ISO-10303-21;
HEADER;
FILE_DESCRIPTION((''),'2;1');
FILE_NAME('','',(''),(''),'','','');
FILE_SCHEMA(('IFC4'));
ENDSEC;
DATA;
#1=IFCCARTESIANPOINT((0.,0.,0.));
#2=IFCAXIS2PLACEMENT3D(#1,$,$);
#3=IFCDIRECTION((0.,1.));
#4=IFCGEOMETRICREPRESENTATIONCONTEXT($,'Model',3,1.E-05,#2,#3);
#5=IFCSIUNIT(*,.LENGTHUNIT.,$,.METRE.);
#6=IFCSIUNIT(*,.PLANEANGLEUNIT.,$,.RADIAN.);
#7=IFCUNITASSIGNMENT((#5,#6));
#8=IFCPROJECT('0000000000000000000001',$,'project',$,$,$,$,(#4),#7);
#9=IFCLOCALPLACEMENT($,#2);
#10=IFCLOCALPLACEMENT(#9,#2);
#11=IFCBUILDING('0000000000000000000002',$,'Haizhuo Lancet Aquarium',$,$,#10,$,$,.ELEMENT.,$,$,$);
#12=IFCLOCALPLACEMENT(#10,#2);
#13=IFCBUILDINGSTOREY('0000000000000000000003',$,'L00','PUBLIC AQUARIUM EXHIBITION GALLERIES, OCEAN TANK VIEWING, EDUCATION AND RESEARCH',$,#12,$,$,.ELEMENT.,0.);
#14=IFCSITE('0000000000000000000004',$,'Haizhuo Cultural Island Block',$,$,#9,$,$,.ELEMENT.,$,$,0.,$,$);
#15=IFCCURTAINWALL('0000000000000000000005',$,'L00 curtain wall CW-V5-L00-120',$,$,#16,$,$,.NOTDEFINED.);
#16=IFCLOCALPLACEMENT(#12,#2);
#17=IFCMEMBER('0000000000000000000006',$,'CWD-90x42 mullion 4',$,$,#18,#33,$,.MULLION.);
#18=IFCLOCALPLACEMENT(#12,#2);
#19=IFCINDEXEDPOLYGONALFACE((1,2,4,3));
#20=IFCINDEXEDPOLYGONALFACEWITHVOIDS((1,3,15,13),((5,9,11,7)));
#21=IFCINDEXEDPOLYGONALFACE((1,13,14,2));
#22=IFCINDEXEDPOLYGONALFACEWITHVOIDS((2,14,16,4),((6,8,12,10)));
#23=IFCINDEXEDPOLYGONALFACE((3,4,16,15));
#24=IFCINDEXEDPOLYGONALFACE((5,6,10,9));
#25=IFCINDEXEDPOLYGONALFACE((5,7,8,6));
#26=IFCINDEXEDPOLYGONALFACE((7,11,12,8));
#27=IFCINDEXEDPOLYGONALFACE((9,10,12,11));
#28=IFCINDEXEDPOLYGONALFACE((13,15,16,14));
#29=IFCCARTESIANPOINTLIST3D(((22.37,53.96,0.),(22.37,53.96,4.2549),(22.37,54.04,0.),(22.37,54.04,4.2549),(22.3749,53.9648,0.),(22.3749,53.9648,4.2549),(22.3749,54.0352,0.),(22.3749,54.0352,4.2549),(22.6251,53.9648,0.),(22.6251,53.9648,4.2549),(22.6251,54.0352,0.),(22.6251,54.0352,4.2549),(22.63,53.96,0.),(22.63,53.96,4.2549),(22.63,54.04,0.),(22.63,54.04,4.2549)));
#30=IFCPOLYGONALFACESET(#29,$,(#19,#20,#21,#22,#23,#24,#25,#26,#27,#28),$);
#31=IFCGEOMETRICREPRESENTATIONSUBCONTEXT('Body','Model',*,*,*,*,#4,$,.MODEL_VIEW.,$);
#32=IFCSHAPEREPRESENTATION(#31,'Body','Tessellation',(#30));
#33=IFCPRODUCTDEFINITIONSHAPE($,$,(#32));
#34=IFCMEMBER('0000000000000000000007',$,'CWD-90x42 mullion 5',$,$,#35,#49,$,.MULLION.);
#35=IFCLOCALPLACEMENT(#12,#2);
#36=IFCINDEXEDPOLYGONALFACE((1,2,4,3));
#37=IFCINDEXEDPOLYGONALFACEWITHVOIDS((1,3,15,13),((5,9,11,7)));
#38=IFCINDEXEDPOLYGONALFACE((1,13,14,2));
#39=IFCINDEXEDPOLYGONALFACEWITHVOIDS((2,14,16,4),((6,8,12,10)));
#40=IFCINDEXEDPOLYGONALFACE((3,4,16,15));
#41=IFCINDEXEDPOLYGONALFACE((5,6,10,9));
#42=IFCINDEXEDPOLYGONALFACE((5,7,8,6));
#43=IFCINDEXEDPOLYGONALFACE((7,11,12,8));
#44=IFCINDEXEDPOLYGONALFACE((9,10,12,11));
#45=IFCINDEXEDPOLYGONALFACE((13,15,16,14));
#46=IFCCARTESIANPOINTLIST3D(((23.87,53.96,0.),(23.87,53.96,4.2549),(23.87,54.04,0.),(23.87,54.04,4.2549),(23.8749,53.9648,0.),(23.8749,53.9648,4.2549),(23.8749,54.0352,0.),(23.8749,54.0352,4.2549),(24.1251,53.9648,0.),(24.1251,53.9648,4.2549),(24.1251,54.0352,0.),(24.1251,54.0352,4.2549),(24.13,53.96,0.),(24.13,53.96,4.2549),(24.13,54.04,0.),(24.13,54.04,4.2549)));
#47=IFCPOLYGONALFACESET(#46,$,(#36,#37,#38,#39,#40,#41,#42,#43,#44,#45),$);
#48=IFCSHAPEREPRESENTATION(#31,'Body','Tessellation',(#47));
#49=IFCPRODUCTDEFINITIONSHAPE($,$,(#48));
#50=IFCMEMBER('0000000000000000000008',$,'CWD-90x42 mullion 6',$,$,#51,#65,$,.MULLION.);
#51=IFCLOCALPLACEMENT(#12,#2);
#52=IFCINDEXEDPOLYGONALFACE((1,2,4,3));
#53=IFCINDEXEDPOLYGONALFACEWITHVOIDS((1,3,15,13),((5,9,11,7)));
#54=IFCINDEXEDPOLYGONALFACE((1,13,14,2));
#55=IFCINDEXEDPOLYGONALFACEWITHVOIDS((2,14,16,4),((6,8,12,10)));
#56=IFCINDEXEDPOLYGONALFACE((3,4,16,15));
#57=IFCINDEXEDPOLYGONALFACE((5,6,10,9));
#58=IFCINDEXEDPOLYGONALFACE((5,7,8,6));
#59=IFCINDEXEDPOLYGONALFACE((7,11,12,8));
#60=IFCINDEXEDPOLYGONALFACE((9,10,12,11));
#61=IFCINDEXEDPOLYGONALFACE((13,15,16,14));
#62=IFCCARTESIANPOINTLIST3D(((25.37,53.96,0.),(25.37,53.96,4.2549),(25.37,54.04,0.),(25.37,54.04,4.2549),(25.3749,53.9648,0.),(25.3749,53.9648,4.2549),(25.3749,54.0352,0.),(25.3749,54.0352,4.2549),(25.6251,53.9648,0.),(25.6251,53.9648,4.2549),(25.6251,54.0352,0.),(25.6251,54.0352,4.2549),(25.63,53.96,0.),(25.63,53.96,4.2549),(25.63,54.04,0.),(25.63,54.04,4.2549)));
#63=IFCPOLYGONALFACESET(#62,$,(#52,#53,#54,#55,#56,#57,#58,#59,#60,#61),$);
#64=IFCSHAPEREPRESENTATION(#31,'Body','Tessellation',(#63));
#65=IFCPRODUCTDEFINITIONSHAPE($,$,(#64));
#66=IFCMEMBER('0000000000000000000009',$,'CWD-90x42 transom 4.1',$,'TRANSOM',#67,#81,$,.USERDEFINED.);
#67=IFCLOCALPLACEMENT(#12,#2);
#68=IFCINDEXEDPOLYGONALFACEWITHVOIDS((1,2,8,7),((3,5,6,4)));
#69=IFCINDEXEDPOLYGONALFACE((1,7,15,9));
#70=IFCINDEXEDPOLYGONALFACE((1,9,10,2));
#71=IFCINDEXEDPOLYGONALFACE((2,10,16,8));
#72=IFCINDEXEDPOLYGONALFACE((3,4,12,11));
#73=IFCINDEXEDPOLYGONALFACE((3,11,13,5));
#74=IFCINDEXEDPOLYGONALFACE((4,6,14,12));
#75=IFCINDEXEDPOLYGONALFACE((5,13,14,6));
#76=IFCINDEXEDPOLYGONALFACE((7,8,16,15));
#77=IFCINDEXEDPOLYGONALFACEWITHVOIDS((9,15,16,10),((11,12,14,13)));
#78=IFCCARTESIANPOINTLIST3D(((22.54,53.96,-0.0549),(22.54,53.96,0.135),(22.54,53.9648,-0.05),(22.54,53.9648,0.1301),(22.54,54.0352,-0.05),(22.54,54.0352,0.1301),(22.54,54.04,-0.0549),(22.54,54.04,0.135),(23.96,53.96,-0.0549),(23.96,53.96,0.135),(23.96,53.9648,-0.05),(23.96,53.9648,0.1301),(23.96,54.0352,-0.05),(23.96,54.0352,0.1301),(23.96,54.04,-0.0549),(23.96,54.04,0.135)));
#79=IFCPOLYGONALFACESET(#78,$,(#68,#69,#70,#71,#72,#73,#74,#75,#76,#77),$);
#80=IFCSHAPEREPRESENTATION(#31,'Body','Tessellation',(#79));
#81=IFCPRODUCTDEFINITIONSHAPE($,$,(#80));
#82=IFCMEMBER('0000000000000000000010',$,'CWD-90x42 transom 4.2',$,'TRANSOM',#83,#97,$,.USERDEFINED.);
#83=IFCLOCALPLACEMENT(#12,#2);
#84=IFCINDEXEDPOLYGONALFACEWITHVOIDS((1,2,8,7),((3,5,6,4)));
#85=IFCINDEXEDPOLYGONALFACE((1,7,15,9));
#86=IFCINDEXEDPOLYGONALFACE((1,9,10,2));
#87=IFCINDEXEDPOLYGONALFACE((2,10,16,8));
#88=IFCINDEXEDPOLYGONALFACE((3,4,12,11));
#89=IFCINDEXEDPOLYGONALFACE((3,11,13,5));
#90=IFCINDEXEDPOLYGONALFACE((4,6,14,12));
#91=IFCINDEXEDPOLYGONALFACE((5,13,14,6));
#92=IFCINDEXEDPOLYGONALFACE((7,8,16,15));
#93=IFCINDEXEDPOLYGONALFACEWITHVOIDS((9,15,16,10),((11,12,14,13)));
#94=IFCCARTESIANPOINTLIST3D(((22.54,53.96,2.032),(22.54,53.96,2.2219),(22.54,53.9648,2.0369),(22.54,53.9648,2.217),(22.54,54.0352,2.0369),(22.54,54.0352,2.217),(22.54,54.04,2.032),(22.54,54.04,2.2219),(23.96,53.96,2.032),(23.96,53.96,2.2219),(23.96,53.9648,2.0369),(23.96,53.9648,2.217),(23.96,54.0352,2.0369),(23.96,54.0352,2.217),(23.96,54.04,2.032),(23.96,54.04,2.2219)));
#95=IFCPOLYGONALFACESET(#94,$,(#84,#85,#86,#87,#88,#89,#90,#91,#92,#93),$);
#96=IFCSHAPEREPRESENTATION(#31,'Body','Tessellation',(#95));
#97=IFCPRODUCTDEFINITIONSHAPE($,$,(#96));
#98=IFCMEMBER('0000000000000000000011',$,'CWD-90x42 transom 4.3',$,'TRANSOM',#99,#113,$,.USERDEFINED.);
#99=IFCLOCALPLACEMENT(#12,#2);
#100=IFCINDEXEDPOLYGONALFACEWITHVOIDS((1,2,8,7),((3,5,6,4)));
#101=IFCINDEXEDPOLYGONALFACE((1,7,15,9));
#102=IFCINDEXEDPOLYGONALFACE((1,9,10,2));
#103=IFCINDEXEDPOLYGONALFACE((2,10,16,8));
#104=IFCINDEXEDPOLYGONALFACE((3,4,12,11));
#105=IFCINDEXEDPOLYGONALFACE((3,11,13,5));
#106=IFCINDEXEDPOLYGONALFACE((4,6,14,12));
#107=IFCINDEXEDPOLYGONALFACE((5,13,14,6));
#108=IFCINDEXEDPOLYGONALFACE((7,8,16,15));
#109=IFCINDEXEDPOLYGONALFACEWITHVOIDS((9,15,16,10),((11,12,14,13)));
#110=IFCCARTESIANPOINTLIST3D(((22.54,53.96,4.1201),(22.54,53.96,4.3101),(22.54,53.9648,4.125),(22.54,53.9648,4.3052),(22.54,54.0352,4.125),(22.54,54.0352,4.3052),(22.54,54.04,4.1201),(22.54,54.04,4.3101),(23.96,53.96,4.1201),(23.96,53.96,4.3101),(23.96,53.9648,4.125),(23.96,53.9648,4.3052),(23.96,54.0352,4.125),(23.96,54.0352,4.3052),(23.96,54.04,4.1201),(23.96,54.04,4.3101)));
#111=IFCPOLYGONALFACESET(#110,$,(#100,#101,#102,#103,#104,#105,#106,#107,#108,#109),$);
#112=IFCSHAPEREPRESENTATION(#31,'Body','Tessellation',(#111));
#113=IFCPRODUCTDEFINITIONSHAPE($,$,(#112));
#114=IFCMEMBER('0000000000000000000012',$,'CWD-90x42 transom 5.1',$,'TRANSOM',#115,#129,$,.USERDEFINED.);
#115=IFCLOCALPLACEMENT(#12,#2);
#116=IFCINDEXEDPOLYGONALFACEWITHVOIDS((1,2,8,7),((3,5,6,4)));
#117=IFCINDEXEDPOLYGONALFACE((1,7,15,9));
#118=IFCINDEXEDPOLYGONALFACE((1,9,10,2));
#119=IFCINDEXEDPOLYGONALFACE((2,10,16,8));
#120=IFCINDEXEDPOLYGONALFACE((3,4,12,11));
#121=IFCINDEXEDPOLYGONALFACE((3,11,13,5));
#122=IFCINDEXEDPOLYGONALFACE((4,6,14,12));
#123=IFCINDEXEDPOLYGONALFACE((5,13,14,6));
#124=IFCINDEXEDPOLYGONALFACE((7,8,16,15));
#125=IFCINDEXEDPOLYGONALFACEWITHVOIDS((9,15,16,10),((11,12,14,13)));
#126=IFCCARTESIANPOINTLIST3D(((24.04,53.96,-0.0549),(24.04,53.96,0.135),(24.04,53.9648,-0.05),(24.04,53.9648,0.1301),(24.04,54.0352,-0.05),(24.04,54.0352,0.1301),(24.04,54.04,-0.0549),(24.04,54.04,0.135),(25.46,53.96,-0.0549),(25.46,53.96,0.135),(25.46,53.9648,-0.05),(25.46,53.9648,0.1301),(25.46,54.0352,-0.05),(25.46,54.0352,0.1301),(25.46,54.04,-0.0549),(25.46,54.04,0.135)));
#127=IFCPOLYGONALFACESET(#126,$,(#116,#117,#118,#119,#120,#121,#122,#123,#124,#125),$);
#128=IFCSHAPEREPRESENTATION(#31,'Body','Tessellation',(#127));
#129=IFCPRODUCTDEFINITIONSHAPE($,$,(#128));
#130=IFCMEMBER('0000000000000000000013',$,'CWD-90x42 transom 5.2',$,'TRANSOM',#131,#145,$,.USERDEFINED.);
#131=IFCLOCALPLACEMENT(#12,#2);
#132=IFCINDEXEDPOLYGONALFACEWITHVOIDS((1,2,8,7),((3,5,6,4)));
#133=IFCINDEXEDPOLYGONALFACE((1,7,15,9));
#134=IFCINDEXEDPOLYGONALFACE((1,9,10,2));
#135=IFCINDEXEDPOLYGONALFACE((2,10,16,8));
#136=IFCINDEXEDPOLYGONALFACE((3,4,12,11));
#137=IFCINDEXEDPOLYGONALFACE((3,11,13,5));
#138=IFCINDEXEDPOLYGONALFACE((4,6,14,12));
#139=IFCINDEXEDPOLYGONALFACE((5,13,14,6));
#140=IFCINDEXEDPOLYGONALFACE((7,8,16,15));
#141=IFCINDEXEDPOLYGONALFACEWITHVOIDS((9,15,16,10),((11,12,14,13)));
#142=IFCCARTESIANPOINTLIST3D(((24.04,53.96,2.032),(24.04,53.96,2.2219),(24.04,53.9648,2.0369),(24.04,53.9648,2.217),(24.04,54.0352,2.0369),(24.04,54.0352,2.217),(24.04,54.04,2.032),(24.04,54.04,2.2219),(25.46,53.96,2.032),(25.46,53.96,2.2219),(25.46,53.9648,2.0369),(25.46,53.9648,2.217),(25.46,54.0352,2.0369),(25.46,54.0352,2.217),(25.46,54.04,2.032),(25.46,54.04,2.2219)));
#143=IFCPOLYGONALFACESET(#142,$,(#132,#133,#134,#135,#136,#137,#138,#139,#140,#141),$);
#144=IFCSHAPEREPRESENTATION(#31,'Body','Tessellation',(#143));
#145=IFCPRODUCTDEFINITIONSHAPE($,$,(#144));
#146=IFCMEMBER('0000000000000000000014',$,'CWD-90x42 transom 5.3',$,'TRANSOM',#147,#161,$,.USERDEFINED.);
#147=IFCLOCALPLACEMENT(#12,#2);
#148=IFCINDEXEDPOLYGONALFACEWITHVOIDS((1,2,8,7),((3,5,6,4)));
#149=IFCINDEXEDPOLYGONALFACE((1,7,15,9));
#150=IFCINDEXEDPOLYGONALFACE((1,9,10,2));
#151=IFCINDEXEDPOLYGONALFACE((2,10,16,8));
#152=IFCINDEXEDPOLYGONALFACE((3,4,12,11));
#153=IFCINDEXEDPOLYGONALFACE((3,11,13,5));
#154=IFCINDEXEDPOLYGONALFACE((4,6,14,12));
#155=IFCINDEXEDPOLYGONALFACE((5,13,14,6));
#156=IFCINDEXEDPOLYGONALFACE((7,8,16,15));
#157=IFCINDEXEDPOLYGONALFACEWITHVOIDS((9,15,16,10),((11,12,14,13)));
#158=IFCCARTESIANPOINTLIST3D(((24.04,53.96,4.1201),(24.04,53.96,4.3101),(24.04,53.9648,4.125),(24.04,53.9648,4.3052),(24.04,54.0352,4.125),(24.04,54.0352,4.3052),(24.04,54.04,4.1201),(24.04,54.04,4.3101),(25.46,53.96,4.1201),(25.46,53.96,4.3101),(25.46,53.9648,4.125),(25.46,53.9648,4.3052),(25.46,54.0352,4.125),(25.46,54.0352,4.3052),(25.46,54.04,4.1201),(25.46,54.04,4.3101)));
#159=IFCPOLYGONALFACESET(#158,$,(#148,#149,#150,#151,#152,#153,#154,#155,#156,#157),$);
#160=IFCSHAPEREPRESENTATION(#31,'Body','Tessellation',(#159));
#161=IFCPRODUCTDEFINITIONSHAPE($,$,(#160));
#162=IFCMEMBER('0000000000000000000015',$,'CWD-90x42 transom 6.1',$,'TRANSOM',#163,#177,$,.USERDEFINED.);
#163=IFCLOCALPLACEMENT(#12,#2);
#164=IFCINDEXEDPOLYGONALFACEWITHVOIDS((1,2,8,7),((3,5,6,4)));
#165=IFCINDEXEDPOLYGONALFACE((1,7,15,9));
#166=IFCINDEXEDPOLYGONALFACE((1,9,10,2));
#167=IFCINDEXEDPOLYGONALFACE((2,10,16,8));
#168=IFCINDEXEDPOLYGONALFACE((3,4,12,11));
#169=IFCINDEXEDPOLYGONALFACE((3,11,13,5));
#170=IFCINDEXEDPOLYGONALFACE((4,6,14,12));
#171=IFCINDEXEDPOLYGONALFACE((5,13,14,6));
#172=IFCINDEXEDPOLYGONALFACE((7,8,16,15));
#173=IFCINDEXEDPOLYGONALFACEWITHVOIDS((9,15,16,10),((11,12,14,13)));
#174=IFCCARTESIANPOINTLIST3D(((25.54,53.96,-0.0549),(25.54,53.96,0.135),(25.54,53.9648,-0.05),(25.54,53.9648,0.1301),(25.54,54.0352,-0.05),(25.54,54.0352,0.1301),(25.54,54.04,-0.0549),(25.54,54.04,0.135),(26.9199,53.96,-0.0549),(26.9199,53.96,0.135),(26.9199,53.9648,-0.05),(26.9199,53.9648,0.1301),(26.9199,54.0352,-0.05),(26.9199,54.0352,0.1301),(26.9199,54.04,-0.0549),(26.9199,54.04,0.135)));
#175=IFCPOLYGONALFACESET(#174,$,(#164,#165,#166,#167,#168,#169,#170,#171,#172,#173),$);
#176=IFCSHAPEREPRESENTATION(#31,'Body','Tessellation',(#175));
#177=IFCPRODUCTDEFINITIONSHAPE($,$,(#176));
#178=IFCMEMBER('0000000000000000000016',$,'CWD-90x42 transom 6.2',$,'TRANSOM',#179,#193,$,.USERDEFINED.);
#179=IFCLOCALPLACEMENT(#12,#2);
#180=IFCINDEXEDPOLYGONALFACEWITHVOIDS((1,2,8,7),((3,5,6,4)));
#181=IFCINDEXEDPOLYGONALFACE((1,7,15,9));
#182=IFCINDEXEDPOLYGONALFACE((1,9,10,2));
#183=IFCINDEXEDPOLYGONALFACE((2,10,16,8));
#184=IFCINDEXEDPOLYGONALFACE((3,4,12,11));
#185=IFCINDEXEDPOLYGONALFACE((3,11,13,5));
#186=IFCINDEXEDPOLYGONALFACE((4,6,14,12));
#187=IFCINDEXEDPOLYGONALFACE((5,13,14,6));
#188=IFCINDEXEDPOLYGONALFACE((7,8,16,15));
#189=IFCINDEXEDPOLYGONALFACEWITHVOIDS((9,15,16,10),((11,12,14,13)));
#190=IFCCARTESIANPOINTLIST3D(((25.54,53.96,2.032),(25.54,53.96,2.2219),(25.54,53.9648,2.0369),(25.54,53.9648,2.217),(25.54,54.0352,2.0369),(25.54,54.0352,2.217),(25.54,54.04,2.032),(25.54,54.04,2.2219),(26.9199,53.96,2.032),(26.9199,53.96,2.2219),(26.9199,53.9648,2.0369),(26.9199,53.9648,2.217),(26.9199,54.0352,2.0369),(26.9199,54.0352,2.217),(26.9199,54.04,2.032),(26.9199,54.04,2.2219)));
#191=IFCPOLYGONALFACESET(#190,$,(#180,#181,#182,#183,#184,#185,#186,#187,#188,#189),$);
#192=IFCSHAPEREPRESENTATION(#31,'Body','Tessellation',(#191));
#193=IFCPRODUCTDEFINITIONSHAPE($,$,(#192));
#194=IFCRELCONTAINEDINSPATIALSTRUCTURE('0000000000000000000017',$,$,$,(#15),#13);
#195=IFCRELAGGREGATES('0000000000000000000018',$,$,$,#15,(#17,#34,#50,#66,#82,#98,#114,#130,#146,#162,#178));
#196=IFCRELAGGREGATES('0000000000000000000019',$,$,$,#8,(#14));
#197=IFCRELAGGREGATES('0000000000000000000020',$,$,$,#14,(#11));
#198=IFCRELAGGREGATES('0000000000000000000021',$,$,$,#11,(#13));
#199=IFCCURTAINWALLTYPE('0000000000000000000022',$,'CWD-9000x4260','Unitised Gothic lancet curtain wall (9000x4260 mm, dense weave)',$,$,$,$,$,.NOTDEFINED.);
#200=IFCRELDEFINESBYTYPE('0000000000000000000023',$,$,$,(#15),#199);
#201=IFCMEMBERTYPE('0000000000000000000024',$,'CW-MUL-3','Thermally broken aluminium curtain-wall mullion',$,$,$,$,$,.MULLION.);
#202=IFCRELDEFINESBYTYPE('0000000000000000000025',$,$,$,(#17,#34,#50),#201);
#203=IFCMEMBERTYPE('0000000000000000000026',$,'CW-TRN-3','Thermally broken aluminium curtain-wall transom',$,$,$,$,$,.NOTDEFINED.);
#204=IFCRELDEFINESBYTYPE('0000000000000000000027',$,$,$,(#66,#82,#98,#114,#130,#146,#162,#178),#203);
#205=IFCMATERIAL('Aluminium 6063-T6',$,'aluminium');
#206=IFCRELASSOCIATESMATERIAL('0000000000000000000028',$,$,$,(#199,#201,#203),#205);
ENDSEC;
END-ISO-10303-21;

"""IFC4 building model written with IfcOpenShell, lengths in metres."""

from ifc_helpers import new_model, si_unit, direction, frame, origin, origin_2d, place, context, subcontext, project, spatial, hollow_rectangle, extrude, material, material_profile, profile_set, type_object, element, aggregate, save


model = new_model("IFC4")

# Units and contexts
model_context = context("Model", 3, precision=1e-05, world=origin(), true_north=direction((0.0, 1.0)))
body_context = subcontext(model_context, "Body", "Model", "MODEL_VIEW")
ifc_project = project(units=[si_unit("LENGTHUNIT", "METRE"), si_unit("PLANEANGLEUNIT", "RADIAN")], contexts=[model_context])

# Site, building, storey
site_placement = place(None, origin())
site = spatial("IfcSite", under=ifc_project, at=site_placement, Name="Haizhuo Cultural Island Block", CompositionType="ELEMENT", RefElevation=0.0)
building_placement = place(site_placement, origin())
building = spatial("IfcBuilding", under=site, at=building_placement, Name="Haizhuo Lancet Aquarium", CompositionType="ELEMENT")
storey_placement = place(building_placement, origin())
storey = spatial("IfcBuildingStorey", under=building, at=storey_placement, Name="L00", Description="PUBLIC AQUARIUM EXHIBITION GALLERIES, OCEAN TANK VIEWING, EDUCATION AND RESEARCH", CompositionType="ELEMENT", Elevation=0.0)

# Curtain wall, members
ifc_material_1 = material(Name="Aluminium 6063-T6", Category="aluminium")
curtain_wall_type = type_object("IfcCurtainWallType", Name="CWD-9000x4260", Description="Unitised Gothic lancet curtain wall (9000x4260 mm, dense weave)", PredefinedType="NOTDEFINED", material=ifc_material_1)
curtain_wall_placement = place(storey_placement, origin())
curtain_wall = element("IfcCurtainWall", 1, at=curtain_wall_placement, inside=storey, type_object=curtain_wall_type, Name="L00 curtain wall CW-V5-L00-120", PredefinedType="NOTDEFINED")
ifc_material_profile_1 = material_profile(ifc_material_1, hollow_rectangle(XDim=0.0801, YDim=0.26, WallThickness=0.0049, at=origin_2d()), Name="ALU-M 80x260x5")
ifc_profile_set_1 = profile_set([ifc_material_profile_1], Name="Aluminium 6063-T6")
member_type_1 = type_object("IfcMemberType", Name="CW-MUL-3", Description="Thermally broken aluminium curtain-wall mullion", PredefinedType="MULLION", material=ifc_profile_set_1)
member_1_placement = place(storey_placement, frame((22.5, 54.0, 0.0), z_axis=(0.0, 0.0, 1.0), x_axis=(0.0, 1.0, 0.0)))
member_1 = element("IfcMember", 2, at=member_1_placement, type_object=member_type_1, Name="CWD-90x42 mullion 4", PredefinedType="MULLION", context=body_context, shape_type="SweptSolid", body=[
    extrude(hollow_rectangle(XDim=0.0801, YDim=0.26, WallThickness=0.0049, at=origin_2d()), origin(), (0.0, 0.0, 1.0), 4.2549),
])
member_2_placement = place(storey_placement, frame((24.0, 54.0, 0.0), z_axis=(0.0, 0.0, 1.0), x_axis=(0.0, 1.0, 0.0)))
member_2 = element("IfcMember", 3, at=member_2_placement, type_object=member_type_1, Name="CWD-90x42 mullion 5", PredefinedType="MULLION", context=body_context, shape_type="SweptSolid", body=[
    extrude(hollow_rectangle(XDim=0.0801, YDim=0.26, WallThickness=0.0049, at=origin_2d()), origin(), (0.0, 0.0, 1.0), 4.2549),
])
member_3_placement = place(storey_placement, frame((25.5, 54.0, 0.0), z_axis=(0.0, 0.0, 1.0), x_axis=(0.0, 1.0, 0.0)))
member_3 = element("IfcMember", 4, at=member_3_placement, type_object=member_type_1, Name="CWD-90x42 mullion 6", PredefinedType="MULLION", context=body_context, shape_type="SweptSolid", body=[
    extrude(hollow_rectangle(XDim=0.0801, YDim=0.26, WallThickness=0.0049, at=origin_2d()), origin(), (0.0, 0.0, 1.0), 4.2549),
])
ifc_material_profile_2 = material_profile(ifc_material_1, hollow_rectangle(XDim=0.0801, YDim=0.1899, WallThickness=0.0049, at=origin_2d()), Name="ALU-T 80x190x5")
ifc_profile_set_2 = profile_set([ifc_material_profile_2], Name="Aluminium 6063-T6")
member_type_2 = type_object("IfcMemberType", Name="CW-TRN-3", Description="Thermally broken aluminium curtain-wall transom", PredefinedType="NOTDEFINED", material=ifc_profile_set_2)
member_4_placement = place(storey_placement, frame((22.54, 54.0, 0.04), z_axis=(1.0, 0.0, 0.0), x_axis=(0.0, 1.0, 0.0)))
member_4 = element("IfcMember", 5, at=member_4_placement, type_object=member_type_2, Name="CWD-90x42 transom 4.1", ObjectType="TRANSOM", PredefinedType="USERDEFINED", context=body_context, shape_type="SweptSolid", body=[
    extrude(hollow_rectangle(XDim=0.0801, YDim=0.1899, WallThickness=0.0049, at=origin_2d()), origin(), (0.0, 0.0, 1.0), 1.4199),
])
member_5_placement = place(storey_placement, frame((22.54, 54.0, 2.127), z_axis=(1.0, 0.0, 0.0), x_axis=(0.0, 1.0, 0.0)))
member_5 = element("IfcMember", 6, at=member_5_placement, type_object=member_type_2, Name="CWD-90x42 transom 4.2", ObjectType="TRANSOM", PredefinedType="USERDEFINED", context=body_context, shape_type="SweptSolid", body=[
    extrude(hollow_rectangle(XDim=0.0801, YDim=0.1899, WallThickness=0.0049, at=origin_2d()), origin(), (0.0, 0.0, 1.0), 1.4199),
])
member_6_placement = place(storey_placement, frame((22.54, 54.0, 4.2151), z_axis=(1.0, 0.0, 0.0), x_axis=(0.0, 1.0, 0.0)))
member_6 = element("IfcMember", 7, at=member_6_placement, type_object=member_type_2, Name="CWD-90x42 transom 4.3", ObjectType="TRANSOM", PredefinedType="USERDEFINED", context=body_context, shape_type="SweptSolid", body=[
    extrude(hollow_rectangle(XDim=0.0801, YDim=0.1899, WallThickness=0.0049, at=origin_2d()), origin(), (0.0, 0.0, 1.0), 1.4199),
])
member_7_placement = place(storey_placement, frame((24.04, 54.0, 0.04), z_axis=(1.0, 0.0, 0.0), x_axis=(0.0, 1.0, 0.0)))
member_7 = element("IfcMember", 8, at=member_7_placement, type_object=member_type_2, Name="CWD-90x42 transom 5.1", ObjectType="TRANSOM", PredefinedType="USERDEFINED", context=body_context, shape_type="SweptSolid", body=[
    extrude(hollow_rectangle(XDim=0.0801, YDim=0.1899, WallThickness=0.0049, at=origin_2d()), origin(), (0.0, 0.0, 1.0), 1.4199),
])
member_8_placement = place(storey_placement, frame((24.04, 54.0, 2.127), z_axis=(1.0, 0.0, 0.0), x_axis=(0.0, 1.0, 0.0)))
member_8 = element("IfcMember", 9, at=member_8_placement, type_object=member_type_2, Name="CWD-90x42 transom 5.2", ObjectType="TRANSOM", PredefinedType="USERDEFINED", context=body_context, shape_type="SweptSolid", body=[
    extrude(hollow_rectangle(XDim=0.0801, YDim=0.1899, WallThickness=0.0049, at=origin_2d()), origin(), (0.0, 0.0, 1.0), 1.4199),
])
member_9_placement = place(storey_placement, frame((24.04, 54.0, 4.2151), z_axis=(1.0, 0.0, 0.0), x_axis=(0.0, 1.0, 0.0)))
member_9 = element("IfcMember", 10, at=member_9_placement, type_object=member_type_2, Name="CWD-90x42 transom 5.3", ObjectType="TRANSOM", PredefinedType="USERDEFINED", context=body_context, shape_type="SweptSolid", body=[
    extrude(hollow_rectangle(XDim=0.0801, YDim=0.1899, WallThickness=0.0049, at=origin_2d()), origin(), (0.0, 0.0, 1.0), 1.4199),
])
member_10_placement = place(storey_placement, frame((25.54, 54.0, 0.04), z_axis=(1.0, 0.0, 0.0), x_axis=(0.0, 1.0, 0.0)))
member_10 = element("IfcMember", 11, at=member_10_placement, type_object=member_type_2, Name="CWD-90x42 transom 6.1", ObjectType="TRANSOM", PredefinedType="USERDEFINED", context=body_context, shape_type="SweptSolid", body=[
    extrude(hollow_rectangle(XDim=0.0801, YDim=0.1899, WallThickness=0.0049, at=origin_2d()), origin(), (0.0, 0.0, 1.0), 1.3799),
])
member_11_placement = place(storey_placement, frame((25.54, 54.0, 2.127), z_axis=(1.0, 0.0, 0.0), x_axis=(0.0, 1.0, 0.0)))
member_11 = element("IfcMember", 12, at=member_11_placement, type_object=member_type_2, Name="CWD-90x42 transom 6.2", ObjectType="TRANSOM", PredefinedType="USERDEFINED", context=body_context, shape_type="SweptSolid", body=[
    extrude(hollow_rectangle(XDim=0.0801, YDim=0.1899, WallThickness=0.0049, at=origin_2d()), origin(), (0.0, 0.0, 1.0), 1.3799),
])

aggregate(curtain_wall, [member_1, member_2, member_3, member_4, member_5, member_6, member_7, member_8, member_9, member_10, member_11])

save(model, "model.ifc")
